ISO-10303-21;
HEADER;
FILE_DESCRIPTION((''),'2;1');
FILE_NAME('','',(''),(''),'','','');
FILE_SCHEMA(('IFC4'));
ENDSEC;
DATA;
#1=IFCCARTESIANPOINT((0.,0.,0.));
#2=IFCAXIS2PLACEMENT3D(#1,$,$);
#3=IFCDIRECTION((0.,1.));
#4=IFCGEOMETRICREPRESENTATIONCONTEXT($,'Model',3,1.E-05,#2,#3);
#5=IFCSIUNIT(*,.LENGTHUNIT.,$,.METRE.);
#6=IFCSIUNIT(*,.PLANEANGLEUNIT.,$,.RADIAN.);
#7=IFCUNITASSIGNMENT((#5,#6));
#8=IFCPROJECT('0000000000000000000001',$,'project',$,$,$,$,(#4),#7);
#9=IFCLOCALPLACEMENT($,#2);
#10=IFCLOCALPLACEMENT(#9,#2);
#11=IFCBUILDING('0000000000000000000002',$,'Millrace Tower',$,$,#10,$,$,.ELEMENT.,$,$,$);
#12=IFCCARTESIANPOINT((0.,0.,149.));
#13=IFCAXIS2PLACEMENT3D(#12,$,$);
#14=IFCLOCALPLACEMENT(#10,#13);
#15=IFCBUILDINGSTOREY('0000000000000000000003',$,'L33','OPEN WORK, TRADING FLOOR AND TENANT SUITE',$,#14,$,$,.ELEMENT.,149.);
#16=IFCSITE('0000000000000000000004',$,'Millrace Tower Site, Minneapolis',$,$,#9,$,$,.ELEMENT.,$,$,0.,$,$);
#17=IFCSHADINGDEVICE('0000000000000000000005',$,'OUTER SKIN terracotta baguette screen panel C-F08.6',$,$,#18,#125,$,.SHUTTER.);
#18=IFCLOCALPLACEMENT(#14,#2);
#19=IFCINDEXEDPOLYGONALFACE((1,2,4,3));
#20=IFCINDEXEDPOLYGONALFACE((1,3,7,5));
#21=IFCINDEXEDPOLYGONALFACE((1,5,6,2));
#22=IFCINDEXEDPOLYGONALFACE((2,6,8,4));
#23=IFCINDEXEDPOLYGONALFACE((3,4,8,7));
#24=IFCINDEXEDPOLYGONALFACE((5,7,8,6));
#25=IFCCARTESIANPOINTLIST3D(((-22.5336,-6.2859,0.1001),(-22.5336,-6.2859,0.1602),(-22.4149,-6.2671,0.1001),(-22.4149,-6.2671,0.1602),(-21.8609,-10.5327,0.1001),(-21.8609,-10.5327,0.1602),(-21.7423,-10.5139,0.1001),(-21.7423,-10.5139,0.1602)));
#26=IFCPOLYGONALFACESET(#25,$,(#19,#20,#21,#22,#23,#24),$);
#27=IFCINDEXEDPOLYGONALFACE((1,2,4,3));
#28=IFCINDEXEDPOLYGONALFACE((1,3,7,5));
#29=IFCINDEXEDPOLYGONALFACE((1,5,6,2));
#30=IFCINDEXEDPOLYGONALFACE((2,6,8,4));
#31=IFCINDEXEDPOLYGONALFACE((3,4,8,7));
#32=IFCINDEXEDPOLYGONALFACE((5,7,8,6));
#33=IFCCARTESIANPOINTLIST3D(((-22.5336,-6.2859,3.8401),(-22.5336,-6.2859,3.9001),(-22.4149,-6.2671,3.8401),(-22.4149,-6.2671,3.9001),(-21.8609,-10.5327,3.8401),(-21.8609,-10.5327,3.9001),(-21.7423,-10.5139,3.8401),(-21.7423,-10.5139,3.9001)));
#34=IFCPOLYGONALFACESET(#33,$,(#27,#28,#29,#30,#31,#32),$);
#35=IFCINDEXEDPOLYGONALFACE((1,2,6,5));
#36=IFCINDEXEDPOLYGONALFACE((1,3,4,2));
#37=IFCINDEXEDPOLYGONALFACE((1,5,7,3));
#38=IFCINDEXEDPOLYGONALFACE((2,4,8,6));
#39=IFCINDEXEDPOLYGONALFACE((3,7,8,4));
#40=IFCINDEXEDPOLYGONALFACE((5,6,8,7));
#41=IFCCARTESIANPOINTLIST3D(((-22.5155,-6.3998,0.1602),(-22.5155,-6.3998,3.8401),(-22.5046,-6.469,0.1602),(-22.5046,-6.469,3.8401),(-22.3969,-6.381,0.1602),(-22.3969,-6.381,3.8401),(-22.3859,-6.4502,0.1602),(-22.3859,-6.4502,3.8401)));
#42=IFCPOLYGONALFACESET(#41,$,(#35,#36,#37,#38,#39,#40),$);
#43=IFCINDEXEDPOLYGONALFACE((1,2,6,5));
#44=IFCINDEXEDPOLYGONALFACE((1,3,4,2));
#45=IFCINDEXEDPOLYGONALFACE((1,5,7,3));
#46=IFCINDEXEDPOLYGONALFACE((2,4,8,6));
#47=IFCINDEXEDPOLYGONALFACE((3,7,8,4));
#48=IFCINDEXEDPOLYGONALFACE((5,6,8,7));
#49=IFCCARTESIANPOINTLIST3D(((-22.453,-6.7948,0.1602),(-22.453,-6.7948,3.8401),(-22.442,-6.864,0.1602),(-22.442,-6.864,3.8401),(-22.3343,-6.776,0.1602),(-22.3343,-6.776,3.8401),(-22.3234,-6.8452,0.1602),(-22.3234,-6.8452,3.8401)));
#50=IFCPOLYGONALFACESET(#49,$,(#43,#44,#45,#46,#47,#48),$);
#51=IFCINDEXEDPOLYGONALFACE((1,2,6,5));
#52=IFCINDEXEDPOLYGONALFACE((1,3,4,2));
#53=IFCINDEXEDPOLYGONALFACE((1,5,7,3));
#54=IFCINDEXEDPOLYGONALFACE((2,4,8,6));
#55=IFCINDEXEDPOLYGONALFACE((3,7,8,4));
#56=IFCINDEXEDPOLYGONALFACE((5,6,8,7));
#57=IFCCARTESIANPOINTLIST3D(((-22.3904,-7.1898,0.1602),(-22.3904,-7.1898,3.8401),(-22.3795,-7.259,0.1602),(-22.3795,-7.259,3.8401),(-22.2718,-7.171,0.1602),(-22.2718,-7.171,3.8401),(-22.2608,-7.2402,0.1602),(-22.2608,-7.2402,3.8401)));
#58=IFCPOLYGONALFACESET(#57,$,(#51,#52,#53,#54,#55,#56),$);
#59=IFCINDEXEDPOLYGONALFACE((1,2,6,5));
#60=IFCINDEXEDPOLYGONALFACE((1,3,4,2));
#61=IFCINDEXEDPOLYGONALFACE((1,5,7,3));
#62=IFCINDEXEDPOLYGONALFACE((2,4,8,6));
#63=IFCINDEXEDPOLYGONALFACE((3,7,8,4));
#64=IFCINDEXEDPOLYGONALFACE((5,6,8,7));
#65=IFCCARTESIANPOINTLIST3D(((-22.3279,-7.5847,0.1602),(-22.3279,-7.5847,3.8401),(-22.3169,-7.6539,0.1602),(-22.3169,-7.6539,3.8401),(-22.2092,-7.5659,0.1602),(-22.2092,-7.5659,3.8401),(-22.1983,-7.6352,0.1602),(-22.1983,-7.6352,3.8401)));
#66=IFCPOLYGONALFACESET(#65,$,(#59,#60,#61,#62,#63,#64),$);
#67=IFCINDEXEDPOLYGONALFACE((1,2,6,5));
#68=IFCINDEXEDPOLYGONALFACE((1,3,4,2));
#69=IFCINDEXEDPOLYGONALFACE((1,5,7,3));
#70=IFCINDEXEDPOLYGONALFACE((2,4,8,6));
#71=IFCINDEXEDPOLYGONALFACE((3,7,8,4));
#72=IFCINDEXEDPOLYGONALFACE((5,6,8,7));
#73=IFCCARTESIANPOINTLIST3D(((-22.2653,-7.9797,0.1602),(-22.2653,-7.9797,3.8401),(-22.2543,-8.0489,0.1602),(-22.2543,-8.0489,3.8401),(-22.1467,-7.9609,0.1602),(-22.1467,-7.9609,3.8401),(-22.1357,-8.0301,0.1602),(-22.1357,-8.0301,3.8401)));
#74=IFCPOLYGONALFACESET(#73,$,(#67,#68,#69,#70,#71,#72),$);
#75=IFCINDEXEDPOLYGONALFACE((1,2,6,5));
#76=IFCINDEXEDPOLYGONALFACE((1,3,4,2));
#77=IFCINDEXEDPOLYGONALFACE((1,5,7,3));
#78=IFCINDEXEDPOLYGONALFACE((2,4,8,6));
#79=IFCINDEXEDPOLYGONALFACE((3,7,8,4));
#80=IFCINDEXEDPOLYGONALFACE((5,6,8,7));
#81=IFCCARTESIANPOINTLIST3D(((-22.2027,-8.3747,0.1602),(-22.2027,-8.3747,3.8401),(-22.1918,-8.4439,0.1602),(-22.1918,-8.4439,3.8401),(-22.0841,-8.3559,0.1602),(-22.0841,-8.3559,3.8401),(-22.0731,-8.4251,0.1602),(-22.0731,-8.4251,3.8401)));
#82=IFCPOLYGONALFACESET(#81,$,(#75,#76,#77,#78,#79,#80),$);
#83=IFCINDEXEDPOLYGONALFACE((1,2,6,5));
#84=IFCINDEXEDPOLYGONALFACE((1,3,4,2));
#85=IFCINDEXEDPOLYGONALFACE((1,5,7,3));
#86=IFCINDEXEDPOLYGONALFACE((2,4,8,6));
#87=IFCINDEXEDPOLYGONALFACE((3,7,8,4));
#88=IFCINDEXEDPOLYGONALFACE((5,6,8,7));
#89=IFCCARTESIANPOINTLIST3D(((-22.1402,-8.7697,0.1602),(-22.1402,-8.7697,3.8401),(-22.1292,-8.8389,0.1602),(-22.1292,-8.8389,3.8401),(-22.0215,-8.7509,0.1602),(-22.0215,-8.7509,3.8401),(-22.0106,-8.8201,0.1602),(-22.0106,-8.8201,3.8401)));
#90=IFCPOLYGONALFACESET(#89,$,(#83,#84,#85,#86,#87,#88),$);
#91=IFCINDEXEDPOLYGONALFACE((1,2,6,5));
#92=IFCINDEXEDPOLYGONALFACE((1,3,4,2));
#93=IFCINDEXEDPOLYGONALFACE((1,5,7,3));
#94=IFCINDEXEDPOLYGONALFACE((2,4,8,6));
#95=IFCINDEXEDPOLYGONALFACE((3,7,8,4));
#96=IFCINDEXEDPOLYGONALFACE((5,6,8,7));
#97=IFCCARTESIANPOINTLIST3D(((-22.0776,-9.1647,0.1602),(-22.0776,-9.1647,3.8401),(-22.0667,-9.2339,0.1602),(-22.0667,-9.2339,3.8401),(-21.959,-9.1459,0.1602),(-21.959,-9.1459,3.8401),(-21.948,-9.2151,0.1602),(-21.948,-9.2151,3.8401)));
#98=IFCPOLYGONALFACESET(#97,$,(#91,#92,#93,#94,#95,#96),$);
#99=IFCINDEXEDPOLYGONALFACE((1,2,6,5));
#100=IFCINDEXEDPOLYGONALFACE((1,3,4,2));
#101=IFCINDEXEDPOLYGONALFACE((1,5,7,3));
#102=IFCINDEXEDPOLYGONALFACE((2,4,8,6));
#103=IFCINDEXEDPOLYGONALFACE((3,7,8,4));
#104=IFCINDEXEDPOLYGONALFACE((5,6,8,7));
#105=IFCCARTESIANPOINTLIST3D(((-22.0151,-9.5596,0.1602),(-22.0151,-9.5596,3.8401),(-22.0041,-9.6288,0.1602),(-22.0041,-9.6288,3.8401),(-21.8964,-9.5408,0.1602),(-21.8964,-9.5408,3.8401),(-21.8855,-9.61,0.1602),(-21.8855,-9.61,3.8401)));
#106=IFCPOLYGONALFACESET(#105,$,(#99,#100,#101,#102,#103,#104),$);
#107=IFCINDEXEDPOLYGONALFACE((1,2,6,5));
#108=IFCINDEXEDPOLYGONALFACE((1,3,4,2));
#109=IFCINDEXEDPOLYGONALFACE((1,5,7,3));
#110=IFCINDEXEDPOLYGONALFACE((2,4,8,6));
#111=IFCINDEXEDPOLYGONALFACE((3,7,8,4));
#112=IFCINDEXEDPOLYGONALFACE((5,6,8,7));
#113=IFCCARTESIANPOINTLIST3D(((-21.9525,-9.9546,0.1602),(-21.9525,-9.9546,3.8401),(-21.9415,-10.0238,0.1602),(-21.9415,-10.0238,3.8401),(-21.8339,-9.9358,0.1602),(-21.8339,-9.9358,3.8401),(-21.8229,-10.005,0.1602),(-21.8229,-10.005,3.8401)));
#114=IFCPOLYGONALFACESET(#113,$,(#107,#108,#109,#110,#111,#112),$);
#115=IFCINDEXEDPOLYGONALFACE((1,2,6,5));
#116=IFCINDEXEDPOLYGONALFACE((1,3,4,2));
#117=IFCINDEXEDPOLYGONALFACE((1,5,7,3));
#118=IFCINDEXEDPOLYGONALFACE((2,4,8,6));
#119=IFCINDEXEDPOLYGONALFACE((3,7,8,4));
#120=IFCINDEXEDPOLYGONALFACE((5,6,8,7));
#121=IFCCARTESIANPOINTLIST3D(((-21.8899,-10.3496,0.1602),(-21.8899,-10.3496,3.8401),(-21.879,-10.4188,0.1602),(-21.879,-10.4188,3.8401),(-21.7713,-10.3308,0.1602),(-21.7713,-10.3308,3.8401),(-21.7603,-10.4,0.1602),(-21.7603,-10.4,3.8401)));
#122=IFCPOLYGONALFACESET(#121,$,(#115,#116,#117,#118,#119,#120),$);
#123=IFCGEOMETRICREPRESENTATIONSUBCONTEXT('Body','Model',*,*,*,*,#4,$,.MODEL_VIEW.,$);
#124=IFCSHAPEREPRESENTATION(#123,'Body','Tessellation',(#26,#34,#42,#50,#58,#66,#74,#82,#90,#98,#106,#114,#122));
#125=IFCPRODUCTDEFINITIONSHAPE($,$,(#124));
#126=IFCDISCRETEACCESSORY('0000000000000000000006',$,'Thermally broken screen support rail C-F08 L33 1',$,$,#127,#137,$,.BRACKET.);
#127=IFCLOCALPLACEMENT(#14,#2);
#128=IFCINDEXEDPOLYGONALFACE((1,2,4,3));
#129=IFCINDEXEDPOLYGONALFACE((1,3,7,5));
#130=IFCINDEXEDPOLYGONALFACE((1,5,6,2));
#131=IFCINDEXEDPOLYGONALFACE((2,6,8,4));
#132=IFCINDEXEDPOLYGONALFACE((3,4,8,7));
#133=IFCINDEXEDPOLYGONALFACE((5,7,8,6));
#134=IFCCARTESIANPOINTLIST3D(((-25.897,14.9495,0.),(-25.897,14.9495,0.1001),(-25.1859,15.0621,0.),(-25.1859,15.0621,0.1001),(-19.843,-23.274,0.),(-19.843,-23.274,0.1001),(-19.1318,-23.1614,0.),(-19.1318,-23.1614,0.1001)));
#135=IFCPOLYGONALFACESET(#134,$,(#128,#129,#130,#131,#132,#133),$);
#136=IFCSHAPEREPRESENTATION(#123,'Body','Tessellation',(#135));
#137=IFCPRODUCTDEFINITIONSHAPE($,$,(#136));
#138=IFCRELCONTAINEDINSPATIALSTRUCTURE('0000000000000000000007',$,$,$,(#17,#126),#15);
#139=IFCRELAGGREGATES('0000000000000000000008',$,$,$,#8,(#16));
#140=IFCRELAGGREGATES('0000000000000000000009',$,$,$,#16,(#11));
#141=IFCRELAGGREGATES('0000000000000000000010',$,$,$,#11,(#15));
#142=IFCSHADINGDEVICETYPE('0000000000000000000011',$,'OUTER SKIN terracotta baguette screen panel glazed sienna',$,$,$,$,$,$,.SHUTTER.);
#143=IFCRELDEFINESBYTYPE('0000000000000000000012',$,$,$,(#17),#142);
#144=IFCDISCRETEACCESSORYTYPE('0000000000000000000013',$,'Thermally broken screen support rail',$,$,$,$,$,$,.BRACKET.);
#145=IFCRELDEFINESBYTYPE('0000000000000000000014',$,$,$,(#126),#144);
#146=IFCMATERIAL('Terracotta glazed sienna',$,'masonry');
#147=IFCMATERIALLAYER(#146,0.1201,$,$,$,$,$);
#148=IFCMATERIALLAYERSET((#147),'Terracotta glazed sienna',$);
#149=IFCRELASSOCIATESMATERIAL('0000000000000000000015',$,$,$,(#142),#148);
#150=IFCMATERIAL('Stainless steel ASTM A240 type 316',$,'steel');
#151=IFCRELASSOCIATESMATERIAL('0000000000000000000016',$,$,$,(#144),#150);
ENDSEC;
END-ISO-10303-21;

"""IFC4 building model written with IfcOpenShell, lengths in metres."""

from ifc_helpers import new_model, entity, si_unit, direction, frame, frame_2d, origin, origin_2d, place, context, subcontext, project, spatial, rectangle, extrude, source, transform, mapped, material, layer, layer_set, type_object, element, save


model = new_model("IFC4")

# Units and contexts
model_context = context("Model", 3, precision=1e-05, world=origin(), true_north=direction((0.0, 1.0)))
body_context = subcontext(model_context, "Body", "Model", "MODEL_VIEW")
ifc_project = project(units=[si_unit("LENGTHUNIT", "METRE"), si_unit("PLANEANGLEUNIT", "RADIAN")], contexts=[model_context])

# Site, building, storey
site_placement = place(None, origin())
site = spatial("IfcSite", under=ifc_project, at=site_placement, Name="Millrace Tower Site, Minneapolis", CompositionType="ELEMENT", RefElevation=0.0)
building_placement = place(site_placement, origin())
building = spatial("IfcBuilding", under=site, at=building_placement, Name="Millrace Tower", CompositionType="ELEMENT")
storey_placement = place(building_placement, frame((0.0, 0.0, 149.0)))
storey = spatial("IfcBuildingStorey", under=building, at=storey_placement, Name="L33", Description="OPEN WORK, TRADING FLOOR AND TENANT SUITE", CompositionType="ELEMENT", Elevation=149.0)

# Shading device
ifc_material_1 = material(Name="Terracotta glazed sienna", Category="masonry")
ifc_layer_1 = layer(ifc_material_1, 0.1201)
ifc_layer_set_1 = layer_set([ifc_layer_1], Name="Terracotta glazed sienna")
shading_device_type = type_object("IfcShadingDeviceType", Name="OUTER SKIN terracotta baguette screen panel glazed sienna", PredefinedType="SHUTTER", material=ifc_layer_set_1)
cartesian_point = entity("IfcCartesianPoint", [-2.1499, 0.0601])
shared_polyline = entity("IfcPolyline", [cartesian_point, entity("IfcCartesianPoint", [2.1499, 0.0601]), entity("IfcCartesianPoint", [2.1499, -0.0601]), entity("IfcCartesianPoint", [-2.1499, -0.0601]), cartesian_point])
shared_shape = source(origin(), body_context, "Body", "SweptSolid", [
    entity("IfcExtrudedAreaSolid", entity("IfcArbitraryClosedProfileDef", "AREA", None, shared_polyline), entity("IfcAxis2Placement3D", entity("IfcCartesianPoint", [0.0, 0.0, 0.0])), entity("IfcDirection", [0.0, 0.0, 1.0]), 0.0601),
    entity("IfcExtrudedAreaSolid", entity("IfcArbitraryClosedProfileDef", "AREA", None, shared_polyline), entity("IfcAxis2Placement3D", entity("IfcCartesianPoint", [0.0, 0.0, 3.74])), entity("IfcDirection", [0.0, 0.0, 1.0]), 0.0601),
    extrude(rectangle(XDim=0.0701, YDim=0.1201, at=frame_2d((-1.9995, 0.0))), frame((0.0, 0.0, 0.0601)), (0.0, 0.0, 1.0), 3.6799),
    extrude(rectangle(XDim=0.0701, YDim=0.1201, at=frame_2d((-1.5996, 0.0))), frame((0.0, 0.0, 0.0601)), (0.0, 0.0, 1.0), 3.6799),
    extrude(rectangle(XDim=0.0701, YDim=0.1201, at=frame_2d((-1.1997, 0.0))), frame((0.0, 0.0, 0.0601)), (0.0, 0.0, 1.0), 3.6799),
    extrude(rectangle(XDim=0.0701, YDim=0.1201, at=frame_2d((-0.7998, 0.0))), frame((0.0, 0.0, 0.0601)), (0.0, 0.0, 1.0), 3.6799),
    extrude(rectangle(XDim=0.0701, YDim=0.1201, at=frame_2d((-0.3999, 0.0))), frame((0.0, 0.0, 0.0601)), (0.0, 0.0, 1.0), 3.6799),
    extrude(rectangle(XDim=0.0701, YDim=0.1201, at=origin_2d()), frame((0.0, 0.0, 0.0601)), (0.0, 0.0, 1.0), 3.6799),
    extrude(rectangle(XDim=0.0701, YDim=0.1201, at=frame_2d((0.3999, 0.0))), frame((0.0, 0.0, 0.0601)), (0.0, 0.0, 1.0), 3.6799),
    extrude(rectangle(XDim=0.0701, YDim=0.1201, at=frame_2d((0.7998, 0.0))), frame((0.0, 0.0, 0.0601)), (0.0, 0.0, 1.0), 3.6799),
    extrude(rectangle(XDim=0.0701, YDim=0.1201, at=frame_2d((1.1997, 0.0))), frame((0.0, 0.0, 0.0601)), (0.0, 0.0, 1.0), 3.6799),
    extrude(rectangle(XDim=0.0701, YDim=0.1201, at=frame_2d((1.5996, 0.0))), frame((0.0, 0.0, 0.0601)), (0.0, 0.0, 1.0), 3.6799),
    extrude(rectangle(XDim=0.0701, YDim=0.1201, at=frame_2d((1.9995, 0.0))), frame((0.0, 0.0, 0.0601)), (0.0, 0.0, 1.0), 3.6799),
])
for number, where, z_axis, x_axis, name in (
    (1, (-22.1379, -8.3999, 0.1001), (0.0, 0.0, 1.0), (0.156434, -0.987688, 0.0), "OUTER SKIN terracotta baguette screen panel C-F08.6"),
):
    element("IfcShadingDevice", number, at=place(storey_placement, frame(where, z_axis=z_axis, x_axis=x_axis)), inside=storey, type_object=shading_device_type, Name=name, PredefinedType="SHUTTER", context=body_context, shape_type="MappedRepresentation", body=[
        mapped(shared_shape, transform((0.0, 0.0, 0.0), scale=1.0)),
    ])

# Discrete accessory
ifc_material_2 = material(Name="Stainless steel ASTM A240 type 316", Category="steel")
discrete_accessory_type = type_object("IfcDiscreteAccessoryType", Name="Thermally broken screen support rail", PredefinedType="BRACKET", material=ifc_material_2)
discrete_accessory_placement = place(storey_placement, frame((-22.5144, -4.106, 0.0), z_axis=(0.0, 0.0, 1.0), x_axis=(0.156434, -0.987688, 0.0)))
element("IfcDiscreteAccessory", 2, at=discrete_accessory_placement, inside=storey, type_object=discrete_accessory_type, Name="Thermally broken screen support rail C-F08 L33 1", PredefinedType="BRACKET", context=body_context, shape_type="SweptSolid", body=[
    extrude(rectangle(XDim=38.7, YDim=0.72, at=origin_2d()), origin(), (0.0, 0.0, 1.0), 0.1001),
])

save(model, "model.ifc")
